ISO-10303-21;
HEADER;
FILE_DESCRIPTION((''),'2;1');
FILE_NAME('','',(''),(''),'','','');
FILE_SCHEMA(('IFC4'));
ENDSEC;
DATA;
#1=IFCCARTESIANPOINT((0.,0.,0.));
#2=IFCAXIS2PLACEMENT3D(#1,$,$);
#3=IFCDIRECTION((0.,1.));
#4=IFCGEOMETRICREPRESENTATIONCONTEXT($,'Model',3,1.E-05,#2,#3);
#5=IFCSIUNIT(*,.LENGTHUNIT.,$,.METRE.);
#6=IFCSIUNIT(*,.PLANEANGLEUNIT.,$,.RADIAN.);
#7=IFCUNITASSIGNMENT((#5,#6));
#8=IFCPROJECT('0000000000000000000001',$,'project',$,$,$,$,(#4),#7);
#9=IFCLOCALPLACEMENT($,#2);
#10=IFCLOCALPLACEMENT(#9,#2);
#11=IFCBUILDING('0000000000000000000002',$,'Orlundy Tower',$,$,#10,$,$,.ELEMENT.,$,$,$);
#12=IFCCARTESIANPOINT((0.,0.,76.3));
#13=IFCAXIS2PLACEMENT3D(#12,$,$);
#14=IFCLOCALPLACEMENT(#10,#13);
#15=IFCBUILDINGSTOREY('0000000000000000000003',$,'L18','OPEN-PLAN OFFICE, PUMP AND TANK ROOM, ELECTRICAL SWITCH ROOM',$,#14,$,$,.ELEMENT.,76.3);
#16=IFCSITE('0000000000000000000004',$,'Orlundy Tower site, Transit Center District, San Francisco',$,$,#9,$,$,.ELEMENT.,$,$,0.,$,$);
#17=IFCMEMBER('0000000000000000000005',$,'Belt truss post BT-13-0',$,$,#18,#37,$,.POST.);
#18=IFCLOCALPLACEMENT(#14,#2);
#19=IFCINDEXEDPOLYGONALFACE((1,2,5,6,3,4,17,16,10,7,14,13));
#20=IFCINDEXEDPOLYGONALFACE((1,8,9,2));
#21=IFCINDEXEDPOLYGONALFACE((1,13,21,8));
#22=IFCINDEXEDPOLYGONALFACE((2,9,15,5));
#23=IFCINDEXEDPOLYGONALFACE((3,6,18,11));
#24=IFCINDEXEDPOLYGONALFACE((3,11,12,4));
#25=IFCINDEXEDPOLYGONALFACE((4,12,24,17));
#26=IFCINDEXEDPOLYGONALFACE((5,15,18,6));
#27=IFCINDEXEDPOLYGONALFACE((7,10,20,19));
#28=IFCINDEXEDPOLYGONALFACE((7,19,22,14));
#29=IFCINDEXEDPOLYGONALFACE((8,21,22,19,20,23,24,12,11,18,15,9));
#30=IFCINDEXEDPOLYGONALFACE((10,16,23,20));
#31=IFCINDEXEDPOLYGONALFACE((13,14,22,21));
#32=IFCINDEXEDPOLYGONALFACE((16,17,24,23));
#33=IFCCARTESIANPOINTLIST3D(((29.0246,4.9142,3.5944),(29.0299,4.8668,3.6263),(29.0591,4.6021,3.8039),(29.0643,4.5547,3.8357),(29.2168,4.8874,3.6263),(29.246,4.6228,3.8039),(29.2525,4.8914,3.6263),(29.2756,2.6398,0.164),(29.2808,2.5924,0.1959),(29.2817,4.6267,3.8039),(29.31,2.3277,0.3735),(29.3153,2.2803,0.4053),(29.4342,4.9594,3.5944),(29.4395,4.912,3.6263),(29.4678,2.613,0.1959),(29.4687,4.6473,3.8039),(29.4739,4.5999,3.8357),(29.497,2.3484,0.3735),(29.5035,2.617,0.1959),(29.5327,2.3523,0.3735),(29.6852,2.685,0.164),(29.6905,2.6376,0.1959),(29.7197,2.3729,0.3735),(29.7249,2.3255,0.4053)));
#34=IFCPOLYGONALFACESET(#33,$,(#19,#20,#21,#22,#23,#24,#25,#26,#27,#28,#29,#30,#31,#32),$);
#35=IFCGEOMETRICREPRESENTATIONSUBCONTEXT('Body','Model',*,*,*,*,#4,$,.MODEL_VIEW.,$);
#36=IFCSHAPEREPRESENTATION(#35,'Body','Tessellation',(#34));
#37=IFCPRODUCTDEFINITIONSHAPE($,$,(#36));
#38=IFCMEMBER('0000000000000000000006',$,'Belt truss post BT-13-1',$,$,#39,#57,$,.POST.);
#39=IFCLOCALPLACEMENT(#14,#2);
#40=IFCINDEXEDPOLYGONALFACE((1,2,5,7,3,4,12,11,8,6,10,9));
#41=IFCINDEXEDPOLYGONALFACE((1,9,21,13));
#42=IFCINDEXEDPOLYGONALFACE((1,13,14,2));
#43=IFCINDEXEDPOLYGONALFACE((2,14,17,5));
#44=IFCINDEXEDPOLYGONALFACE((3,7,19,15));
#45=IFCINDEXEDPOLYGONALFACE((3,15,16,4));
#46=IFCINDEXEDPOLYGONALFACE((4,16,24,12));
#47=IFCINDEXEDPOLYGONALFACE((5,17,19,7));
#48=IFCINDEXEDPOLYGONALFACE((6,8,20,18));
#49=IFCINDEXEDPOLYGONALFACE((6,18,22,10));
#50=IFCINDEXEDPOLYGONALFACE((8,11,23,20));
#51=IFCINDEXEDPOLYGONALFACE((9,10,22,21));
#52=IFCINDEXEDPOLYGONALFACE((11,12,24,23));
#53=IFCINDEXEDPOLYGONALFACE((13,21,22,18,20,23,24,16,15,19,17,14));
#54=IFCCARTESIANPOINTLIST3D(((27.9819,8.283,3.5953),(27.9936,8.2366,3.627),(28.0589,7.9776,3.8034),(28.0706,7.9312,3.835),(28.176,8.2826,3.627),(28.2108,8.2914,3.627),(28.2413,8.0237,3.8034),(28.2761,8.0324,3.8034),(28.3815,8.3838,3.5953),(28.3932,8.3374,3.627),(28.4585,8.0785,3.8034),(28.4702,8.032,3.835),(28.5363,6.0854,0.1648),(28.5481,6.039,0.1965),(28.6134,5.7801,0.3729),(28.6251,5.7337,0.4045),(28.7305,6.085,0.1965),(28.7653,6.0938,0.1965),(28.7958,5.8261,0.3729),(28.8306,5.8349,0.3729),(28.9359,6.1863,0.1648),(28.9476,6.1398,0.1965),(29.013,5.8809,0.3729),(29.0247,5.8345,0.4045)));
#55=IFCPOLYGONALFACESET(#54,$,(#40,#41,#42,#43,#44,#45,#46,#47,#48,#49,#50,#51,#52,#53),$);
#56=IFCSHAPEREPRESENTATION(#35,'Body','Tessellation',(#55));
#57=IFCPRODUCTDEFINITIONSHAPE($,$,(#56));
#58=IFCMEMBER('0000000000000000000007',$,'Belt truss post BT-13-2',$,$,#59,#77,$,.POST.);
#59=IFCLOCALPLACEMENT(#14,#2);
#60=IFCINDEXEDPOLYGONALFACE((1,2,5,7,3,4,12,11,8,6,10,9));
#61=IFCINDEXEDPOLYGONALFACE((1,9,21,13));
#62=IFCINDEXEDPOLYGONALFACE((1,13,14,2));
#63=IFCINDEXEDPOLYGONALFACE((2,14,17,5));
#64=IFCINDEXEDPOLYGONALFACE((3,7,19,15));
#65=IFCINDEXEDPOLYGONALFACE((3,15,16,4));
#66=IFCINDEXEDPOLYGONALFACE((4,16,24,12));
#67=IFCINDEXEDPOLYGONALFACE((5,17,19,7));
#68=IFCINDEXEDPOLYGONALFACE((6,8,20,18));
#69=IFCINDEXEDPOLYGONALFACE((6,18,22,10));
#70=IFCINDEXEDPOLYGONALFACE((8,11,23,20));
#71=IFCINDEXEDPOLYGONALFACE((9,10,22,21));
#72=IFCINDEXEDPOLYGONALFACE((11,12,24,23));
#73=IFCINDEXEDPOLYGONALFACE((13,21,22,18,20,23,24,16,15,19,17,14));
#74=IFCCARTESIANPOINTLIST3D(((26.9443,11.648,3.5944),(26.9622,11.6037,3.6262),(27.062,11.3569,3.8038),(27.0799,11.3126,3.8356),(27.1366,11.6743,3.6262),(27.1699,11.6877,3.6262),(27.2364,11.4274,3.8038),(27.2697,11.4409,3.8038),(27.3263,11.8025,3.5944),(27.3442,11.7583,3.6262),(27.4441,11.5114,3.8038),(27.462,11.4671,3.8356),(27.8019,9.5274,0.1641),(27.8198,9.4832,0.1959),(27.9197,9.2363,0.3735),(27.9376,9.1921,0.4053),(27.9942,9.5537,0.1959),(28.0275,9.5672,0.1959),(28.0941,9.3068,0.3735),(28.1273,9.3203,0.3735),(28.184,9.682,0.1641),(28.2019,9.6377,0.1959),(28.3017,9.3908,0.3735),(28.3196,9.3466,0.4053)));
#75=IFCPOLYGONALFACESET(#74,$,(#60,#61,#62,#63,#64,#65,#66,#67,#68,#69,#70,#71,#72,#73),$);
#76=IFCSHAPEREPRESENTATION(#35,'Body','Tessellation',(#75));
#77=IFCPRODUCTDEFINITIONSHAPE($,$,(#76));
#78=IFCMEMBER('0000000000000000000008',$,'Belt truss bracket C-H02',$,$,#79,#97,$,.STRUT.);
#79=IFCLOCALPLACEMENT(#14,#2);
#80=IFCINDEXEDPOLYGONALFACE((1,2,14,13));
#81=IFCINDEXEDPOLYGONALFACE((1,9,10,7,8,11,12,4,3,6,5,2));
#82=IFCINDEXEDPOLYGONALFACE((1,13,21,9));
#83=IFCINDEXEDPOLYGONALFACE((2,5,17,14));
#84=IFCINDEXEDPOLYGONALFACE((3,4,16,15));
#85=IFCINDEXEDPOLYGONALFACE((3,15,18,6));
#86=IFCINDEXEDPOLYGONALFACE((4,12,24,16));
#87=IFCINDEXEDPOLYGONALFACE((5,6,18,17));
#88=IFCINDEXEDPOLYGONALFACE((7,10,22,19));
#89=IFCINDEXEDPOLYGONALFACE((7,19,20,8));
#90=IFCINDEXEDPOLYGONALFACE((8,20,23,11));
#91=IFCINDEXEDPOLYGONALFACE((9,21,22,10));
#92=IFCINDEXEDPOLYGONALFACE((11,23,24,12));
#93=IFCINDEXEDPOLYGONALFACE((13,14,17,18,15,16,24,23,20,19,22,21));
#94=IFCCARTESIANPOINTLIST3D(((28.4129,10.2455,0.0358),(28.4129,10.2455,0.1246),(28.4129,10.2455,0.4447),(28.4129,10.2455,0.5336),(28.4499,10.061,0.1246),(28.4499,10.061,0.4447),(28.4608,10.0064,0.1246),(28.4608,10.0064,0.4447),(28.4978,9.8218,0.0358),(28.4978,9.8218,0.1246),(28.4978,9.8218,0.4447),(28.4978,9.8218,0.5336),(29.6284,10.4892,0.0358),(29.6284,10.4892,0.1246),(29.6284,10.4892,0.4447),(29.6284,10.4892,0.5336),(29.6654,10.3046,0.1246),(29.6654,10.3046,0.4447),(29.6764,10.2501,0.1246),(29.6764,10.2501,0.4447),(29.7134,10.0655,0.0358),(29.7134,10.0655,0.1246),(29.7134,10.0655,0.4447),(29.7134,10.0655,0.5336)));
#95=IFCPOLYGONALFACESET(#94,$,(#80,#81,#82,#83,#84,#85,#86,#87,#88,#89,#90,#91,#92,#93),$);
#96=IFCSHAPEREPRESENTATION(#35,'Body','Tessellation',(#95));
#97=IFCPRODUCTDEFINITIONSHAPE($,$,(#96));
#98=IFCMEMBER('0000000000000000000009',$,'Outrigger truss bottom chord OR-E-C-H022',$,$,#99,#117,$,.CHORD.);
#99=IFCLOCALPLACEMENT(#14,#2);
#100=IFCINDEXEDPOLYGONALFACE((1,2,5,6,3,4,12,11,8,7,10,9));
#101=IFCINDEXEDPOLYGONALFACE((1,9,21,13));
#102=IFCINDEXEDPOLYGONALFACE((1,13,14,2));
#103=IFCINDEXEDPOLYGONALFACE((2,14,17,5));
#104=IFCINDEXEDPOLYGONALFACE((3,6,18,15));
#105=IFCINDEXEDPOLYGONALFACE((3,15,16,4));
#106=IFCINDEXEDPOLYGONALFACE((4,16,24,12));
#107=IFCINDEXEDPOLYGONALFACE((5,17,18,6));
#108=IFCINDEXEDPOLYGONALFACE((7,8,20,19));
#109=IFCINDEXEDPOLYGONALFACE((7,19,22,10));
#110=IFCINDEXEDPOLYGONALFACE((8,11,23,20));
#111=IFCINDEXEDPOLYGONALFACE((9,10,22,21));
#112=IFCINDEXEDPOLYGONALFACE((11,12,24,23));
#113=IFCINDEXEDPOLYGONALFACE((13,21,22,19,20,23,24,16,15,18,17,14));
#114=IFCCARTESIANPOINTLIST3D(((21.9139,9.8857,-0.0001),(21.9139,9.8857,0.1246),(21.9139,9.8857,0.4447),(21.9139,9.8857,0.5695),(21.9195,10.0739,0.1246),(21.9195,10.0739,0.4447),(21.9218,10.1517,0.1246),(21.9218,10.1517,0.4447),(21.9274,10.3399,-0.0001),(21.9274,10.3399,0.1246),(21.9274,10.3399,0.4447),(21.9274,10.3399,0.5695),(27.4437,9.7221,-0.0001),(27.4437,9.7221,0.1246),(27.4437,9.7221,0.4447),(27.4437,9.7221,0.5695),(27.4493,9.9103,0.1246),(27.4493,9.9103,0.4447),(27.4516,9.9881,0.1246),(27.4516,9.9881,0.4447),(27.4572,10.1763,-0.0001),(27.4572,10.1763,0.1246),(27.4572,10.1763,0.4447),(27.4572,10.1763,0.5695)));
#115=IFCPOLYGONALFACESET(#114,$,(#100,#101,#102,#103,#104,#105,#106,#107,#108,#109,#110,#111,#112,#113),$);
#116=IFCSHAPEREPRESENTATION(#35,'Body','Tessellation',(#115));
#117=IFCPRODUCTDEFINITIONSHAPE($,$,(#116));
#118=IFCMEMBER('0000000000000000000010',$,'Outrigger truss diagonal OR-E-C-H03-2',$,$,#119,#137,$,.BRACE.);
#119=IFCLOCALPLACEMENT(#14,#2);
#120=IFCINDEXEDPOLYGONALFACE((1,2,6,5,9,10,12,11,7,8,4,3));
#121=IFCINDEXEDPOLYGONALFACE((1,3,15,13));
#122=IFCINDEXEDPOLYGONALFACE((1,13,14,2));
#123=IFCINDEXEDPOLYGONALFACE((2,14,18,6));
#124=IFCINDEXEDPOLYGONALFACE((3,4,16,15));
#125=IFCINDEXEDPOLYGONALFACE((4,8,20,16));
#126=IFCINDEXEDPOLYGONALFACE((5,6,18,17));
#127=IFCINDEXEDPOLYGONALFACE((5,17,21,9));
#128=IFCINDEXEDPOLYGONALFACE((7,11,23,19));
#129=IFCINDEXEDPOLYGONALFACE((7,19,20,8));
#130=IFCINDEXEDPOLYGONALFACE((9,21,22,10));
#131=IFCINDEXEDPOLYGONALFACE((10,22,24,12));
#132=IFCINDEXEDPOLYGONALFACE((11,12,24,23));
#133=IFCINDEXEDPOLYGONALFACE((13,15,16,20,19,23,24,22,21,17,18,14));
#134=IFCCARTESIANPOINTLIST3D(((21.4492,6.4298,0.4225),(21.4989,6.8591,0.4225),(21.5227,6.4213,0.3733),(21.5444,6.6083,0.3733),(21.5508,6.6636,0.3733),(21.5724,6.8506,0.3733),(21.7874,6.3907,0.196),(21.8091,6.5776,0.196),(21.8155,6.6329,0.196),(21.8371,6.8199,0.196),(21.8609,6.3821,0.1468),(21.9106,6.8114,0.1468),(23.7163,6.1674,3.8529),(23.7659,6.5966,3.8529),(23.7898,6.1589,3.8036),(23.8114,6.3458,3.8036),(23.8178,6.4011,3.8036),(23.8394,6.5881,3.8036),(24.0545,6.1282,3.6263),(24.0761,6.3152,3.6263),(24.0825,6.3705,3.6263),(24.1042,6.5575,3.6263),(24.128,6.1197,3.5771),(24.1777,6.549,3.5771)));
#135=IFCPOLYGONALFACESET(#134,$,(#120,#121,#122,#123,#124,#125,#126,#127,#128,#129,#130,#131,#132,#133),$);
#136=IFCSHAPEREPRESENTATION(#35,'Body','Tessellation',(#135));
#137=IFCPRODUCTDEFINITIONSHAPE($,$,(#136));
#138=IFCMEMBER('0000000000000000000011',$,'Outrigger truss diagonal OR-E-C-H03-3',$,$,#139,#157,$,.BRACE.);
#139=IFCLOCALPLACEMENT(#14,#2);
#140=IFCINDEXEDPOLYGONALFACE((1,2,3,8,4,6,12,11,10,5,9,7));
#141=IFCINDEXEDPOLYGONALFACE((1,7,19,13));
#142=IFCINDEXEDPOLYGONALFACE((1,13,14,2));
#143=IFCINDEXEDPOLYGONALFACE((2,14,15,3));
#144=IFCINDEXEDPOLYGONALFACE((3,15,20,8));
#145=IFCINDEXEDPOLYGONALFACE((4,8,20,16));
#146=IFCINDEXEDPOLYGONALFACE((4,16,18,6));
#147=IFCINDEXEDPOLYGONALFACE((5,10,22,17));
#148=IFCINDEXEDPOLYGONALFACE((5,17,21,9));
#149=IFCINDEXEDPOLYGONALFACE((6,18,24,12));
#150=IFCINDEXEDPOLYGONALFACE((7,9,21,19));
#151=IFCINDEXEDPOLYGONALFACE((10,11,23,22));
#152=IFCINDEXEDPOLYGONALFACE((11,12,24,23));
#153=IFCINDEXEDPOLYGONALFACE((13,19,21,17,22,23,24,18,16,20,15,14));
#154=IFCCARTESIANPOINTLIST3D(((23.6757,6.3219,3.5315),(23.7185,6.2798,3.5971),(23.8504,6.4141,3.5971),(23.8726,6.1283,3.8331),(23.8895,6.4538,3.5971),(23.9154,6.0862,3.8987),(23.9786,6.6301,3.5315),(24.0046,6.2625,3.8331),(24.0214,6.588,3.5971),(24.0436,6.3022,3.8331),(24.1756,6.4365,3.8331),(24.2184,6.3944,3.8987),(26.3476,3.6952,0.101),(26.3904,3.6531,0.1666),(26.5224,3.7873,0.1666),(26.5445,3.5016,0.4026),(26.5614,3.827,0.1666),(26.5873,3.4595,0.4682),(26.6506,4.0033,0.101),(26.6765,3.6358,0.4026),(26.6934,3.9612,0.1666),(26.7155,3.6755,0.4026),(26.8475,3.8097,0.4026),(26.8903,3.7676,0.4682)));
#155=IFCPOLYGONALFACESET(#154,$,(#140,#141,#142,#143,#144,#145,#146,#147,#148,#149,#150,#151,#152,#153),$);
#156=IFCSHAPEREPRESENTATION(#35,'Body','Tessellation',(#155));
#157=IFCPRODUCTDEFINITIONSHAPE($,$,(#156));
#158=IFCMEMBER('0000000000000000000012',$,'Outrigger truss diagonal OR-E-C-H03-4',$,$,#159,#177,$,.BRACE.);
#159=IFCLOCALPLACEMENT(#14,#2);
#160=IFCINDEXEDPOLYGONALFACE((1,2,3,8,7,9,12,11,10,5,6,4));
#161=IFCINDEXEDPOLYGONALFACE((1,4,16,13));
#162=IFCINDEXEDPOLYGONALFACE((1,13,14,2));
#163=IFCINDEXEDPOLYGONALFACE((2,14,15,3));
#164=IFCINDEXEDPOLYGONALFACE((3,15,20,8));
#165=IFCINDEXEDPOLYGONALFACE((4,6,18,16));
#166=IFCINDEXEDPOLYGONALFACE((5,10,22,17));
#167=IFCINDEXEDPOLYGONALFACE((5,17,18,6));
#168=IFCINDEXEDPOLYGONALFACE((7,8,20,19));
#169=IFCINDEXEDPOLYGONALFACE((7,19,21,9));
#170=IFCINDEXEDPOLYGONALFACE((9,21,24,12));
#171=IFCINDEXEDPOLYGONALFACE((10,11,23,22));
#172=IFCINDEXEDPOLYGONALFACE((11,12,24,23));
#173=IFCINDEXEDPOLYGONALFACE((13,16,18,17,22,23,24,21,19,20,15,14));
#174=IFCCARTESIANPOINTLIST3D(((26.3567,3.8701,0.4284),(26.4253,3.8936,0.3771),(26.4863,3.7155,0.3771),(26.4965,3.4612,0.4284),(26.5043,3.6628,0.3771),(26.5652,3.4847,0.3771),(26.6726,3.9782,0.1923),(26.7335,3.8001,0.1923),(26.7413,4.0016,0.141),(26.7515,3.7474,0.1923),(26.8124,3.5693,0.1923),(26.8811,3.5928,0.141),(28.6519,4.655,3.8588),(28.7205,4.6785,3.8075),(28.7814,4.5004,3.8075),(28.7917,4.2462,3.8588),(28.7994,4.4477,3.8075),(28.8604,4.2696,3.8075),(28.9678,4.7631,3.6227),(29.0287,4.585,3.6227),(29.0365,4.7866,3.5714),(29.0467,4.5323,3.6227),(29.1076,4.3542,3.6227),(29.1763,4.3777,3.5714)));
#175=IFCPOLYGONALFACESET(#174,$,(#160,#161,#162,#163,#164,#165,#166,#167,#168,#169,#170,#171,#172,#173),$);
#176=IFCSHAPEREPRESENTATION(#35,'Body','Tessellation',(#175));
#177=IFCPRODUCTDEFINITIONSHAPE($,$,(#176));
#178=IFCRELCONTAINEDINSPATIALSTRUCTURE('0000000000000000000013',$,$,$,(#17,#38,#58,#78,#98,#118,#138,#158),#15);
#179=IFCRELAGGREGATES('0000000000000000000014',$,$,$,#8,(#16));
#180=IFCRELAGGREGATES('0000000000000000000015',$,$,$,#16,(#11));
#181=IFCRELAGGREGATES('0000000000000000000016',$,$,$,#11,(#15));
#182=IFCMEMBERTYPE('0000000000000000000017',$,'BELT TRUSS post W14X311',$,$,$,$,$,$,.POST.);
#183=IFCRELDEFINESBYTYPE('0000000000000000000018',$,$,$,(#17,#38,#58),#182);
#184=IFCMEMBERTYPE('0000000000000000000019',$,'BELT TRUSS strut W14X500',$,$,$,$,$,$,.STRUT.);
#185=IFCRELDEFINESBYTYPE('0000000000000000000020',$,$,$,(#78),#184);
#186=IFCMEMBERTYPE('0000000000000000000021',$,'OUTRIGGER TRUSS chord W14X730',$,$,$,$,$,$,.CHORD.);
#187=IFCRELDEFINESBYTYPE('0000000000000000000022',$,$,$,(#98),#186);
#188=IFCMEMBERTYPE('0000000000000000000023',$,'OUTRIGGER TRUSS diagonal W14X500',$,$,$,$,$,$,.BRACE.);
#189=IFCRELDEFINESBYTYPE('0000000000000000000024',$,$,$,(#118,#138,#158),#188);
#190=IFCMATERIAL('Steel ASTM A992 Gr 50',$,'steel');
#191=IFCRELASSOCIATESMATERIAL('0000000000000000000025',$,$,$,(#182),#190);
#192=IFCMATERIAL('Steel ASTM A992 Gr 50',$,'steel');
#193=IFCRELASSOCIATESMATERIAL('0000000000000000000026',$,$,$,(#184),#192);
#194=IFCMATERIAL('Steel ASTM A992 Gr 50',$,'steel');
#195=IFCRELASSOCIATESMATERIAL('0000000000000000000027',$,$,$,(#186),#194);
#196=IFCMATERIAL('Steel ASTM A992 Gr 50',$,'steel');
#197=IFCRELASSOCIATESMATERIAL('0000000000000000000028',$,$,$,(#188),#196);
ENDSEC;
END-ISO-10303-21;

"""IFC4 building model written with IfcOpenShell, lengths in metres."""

from ifc_helpers import new_model, si_unit, direction, frame, origin, origin_2d, place, context, subcontext, project, spatial, i_section, extrude, material, material_profile, profile_set, type_object, element, save


model = new_model("IFC4")

# Units and contexts
model_context = context("Model", 3, precision=1e-05, world=origin(), true_north=direction((0.0, 1.0)))
body_context = subcontext(model_context, "Body", "Model", "MODEL_VIEW")
ifc_project = project(units=[si_unit("LENGTHUNIT", "METRE"), si_unit("PLANEANGLEUNIT", "RADIAN")], contexts=[model_context])

# Site, building, storey
site_placement = place(None, origin())
site = spatial("IfcSite", under=ifc_project, at=site_placement, Name="Orlundy Tower site, Transit Center District, San Francisco", CompositionType="ELEMENT", RefElevation=0.0)
building_placement = place(site_placement, origin())
building = spatial("IfcBuilding", under=site, at=building_placement, Name="Orlundy Tower", CompositionType="ELEMENT")
storey_placement = place(building_placement, frame((0.0, 0.0, 76.3)))
storey = spatial("IfcBuildingStorey", under=building, at=storey_placement, Name="L18", Description="OPEN-PLAN OFFICE, PUMP AND TANK ROOM, ELECTRICAL SWITCH ROOM", CompositionType="ELEMENT", Elevation=76.3)

# Members
ifc_material_1 = material(Name="Steel ASTM A992 Gr 50", Category="steel")
ifc_material_profile_1 = material_profile(ifc_material_1, i_section(OverallWidth=0.4121, OverallDepth=0.4348, WebThickness=0.0359, FlangeThickness=0.0574, at=origin_2d()), Name="W14X311")
ifc_profile_set_1 = profile_set([ifc_material_profile_1], Name="Steel ASTM A992 Gr 50")
member_type_1 = type_object("IfcMemberType", Name="BELT TRUSS post W14X311", PredefinedType="POST", material=ifc_profile_set_1)
for number, where, z_axis, x_axis, name in (
    (1, (29.5002, 2.4827, 0.2847), (-0.060864, 0.551566, 0.831908), (-0.993967, -0.109682, 0.0), "Belt truss post BT-13-0"),
):
    element("IfcMember", number, at=place(storey_placement, frame(where, z_axis=z_axis, x_axis=x_axis)), inside=storey, type_object=member_type_1, Name=name, PredefinedType="POST", context=body_context, shape_type="SweptSolid", body=[
        extrude(i_section(OverallWidth=0.4121, OverallDepth=0.4348, WebThickness=0.0359, FlangeThickness=0.0574, at=origin_2d()), origin(), (0.0, 0.0, 1.0), 4.1235),
    ])
member_1_placement = place(storey_placement, frame((28.7805, 5.96, 0.2847), z_axis=(-0.134853, 0.534482, 0.834352), x_axis=(-0.969614, -0.244639, 0.0)))
element("IfcMember", 2, at=member_1_placement, inside=storey, type_object=member_type_1, Name="Belt truss post BT-13-1", PredefinedType="POST", context=body_context, shape_type="SweptSolid", body=[
    extrude(i_section(OverallWidth=0.4121, OverallDepth=0.4348, WebThickness=0.0359, FlangeThickness=0.0574, at=origin_2d()), origin(), (0.0, 0.0, 1.0), 4.1116),
])
member_2_placement = place(storey_placement, frame((28.0608, 9.437, 0.2847), z_axis=(-0.208012, 0.514317, 0.831991), x_axis=(-0.927049, -0.374939, 0.0)))
element("IfcMember", 3, at=member_2_placement, inside=storey, type_object=member_type_1, Name="Belt truss post BT-13-2", PredefinedType="POST", context=body_context, shape_type="SweptSolid", body=[
    extrude(i_section(OverallWidth=0.4121, OverallDepth=0.4348, WebThickness=0.0359, FlangeThickness=0.0574, at=origin_2d()), origin(), (0.0, 0.0, 1.0), 4.123),
])
ifc_material_2 = material(Name="Steel ASTM A992 Gr 50", Category="steel")
ifc_material_profile_2 = material_profile(ifc_material_2, i_section(OverallWidth=0.4321, OverallDepth=0.4978, WebThickness=0.0557, FlangeThickness=0.0889, at=origin_2d()), Name="W14X500")
ifc_profile_set_2 = profile_set([ifc_material_profile_2], Name="Steel ASTM A992 Gr 50")
member_type_2 = type_object("IfcMemberType", Name="BELT TRUSS strut W14X500", PredefinedType="STRUT", material=ifc_profile_set_2)
member_3_placement = place(storey_placement, frame((28.4553, 10.0337, 0.2847), z_axis=(0.980497, 0.196533, 0.0), x_axis=(-0.196533, 0.980497, 0.0)))
element("IfcMember", 4, at=member_3_placement, inside=storey, type_object=member_type_2, Name="Belt truss bracket C-H02", PredefinedType="STRUT", context=body_context, shape_type="SweptSolid", body=[
    extrude(i_section(OverallWidth=0.4321, OverallDepth=0.4978, WebThickness=0.0557, FlangeThickness=0.0889, at=origin_2d()), origin(), (0.0, 0.0, 1.0), 1.2397),
])
ifc_material_3 = material(Name="Steel ASTM A992 Gr 50", Category="steel")
ifc_material_profile_3 = material_profile(ifc_material_3, i_section(OverallWidth=0.4543, OverallDepth=0.5696, WebThickness=0.0779, FlangeThickness=0.1248, at=origin_2d()), Name="W14X730")
ifc_profile_set_3 = profile_set([ifc_material_profile_3], Name="Steel ASTM A992 Gr 50")
member_type_3 = type_object("IfcMemberType", Name="OUTRIGGER TRUSS chord W14X730", PredefinedType="CHORD", material=ifc_profile_set_3)
member_4_placement = place(storey_placement, frame((21.9207, 10.1128, 0.2847), z_axis=(0.999563, -0.029568, 0.0), x_axis=(0.029568, 0.999563, 0.0)))
element("IfcMember", 5, at=member_4_placement, inside=storey, type_object=member_type_3, Name="Outrigger truss bottom chord OR-E-C-H022", PredefinedType="CHORD", context=body_context, shape_type="SweptSolid", body=[
    extrude(i_section(OverallWidth=0.4543, OverallDepth=0.5696, WebThickness=0.0779, FlangeThickness=0.1248, at=origin_2d()), origin(), (0.0, 0.0, 1.0), 5.5322),
])
ifc_material_4 = material(Name="Steel ASTM A992 Gr 50", Category="steel")
ifc_material_profile_4 = material_profile(ifc_material_4, i_section(OverallWidth=0.4321, OverallDepth=0.4978, WebThickness=0.0557, FlangeThickness=0.0889, at=origin_2d()), Name="W14X500")
ifc_profile_set_4 = profile_set([ifc_material_profile_4], Name="Steel ASTM A992 Gr 50")
member_type_4 = type_object("IfcMemberType", Name="OUTRIGGER TRUSS diagonal W14X500", PredefinedType="BRACE", material=ifc_profile_set_4)
member_5_placement = place(storey_placement, frame((21.6799, 6.6206, 0.2847), z_axis=(0.550233, -0.063698, 0.832578), x_axis=(0.114998, 0.993366, 0.0)))
element("IfcMember", 6, at=member_5_placement, inside=storey, type_object=member_type_4, Name="Outrigger truss diagonal OR-E-C-H03-2", PredefinedType="BRACE", context=body_context, shape_type="SweptSolid", body=[
    extrude(i_section(OverallWidth=0.4321, OverallDepth=0.4978, WebThickness=0.0557, FlangeThickness=0.0889, at=origin_2d()), origin(), (0.0, 0.0, 1.0), 4.1201),
])
member_6_placement = place(storey_placement, frame((23.947, 6.3582, 3.7151), z_axis=(0.525961, -0.51707, -0.675281), x_axis=(0.701054, 0.713108, 0.0)))
element("IfcMember", 7, at=member_6_placement, inside=storey, type_object=member_type_4, Name="Outrigger truss diagonal OR-E-C-H03-3", PredefinedType="BRACE", context=body_context, shape_type="SweptSolid", body=[
    extrude(i_section(OverallWidth=0.4321, OverallDepth=0.4978, WebThickness=0.0557, FlangeThickness=0.0889, at=origin_2d()), origin(), (0.0, 0.0, 1.0), 5.0801),
])
member_7_placement = place(storey_placement, frame((26.6189, 3.7314, 0.2847), z_axis=(0.546288, 0.186822, 0.816497), x_axis=(-0.323586, 0.946199, 0.0)))
element("IfcMember", 8, at=member_7_placement, inside=storey, type_object=member_type_4, Name="Outrigger truss diagonal OR-E-C-H03-4", PredefinedType="BRACE", context=body_context, shape_type="SweptSolid", body=[
    extrude(i_section(OverallWidth=0.4321, OverallDepth=0.4978, WebThickness=0.0557, FlangeThickness=0.0889, at=origin_2d()), origin(), (0.0, 0.0, 1.0), 4.2014),
])

save(model, "model.ifc")
